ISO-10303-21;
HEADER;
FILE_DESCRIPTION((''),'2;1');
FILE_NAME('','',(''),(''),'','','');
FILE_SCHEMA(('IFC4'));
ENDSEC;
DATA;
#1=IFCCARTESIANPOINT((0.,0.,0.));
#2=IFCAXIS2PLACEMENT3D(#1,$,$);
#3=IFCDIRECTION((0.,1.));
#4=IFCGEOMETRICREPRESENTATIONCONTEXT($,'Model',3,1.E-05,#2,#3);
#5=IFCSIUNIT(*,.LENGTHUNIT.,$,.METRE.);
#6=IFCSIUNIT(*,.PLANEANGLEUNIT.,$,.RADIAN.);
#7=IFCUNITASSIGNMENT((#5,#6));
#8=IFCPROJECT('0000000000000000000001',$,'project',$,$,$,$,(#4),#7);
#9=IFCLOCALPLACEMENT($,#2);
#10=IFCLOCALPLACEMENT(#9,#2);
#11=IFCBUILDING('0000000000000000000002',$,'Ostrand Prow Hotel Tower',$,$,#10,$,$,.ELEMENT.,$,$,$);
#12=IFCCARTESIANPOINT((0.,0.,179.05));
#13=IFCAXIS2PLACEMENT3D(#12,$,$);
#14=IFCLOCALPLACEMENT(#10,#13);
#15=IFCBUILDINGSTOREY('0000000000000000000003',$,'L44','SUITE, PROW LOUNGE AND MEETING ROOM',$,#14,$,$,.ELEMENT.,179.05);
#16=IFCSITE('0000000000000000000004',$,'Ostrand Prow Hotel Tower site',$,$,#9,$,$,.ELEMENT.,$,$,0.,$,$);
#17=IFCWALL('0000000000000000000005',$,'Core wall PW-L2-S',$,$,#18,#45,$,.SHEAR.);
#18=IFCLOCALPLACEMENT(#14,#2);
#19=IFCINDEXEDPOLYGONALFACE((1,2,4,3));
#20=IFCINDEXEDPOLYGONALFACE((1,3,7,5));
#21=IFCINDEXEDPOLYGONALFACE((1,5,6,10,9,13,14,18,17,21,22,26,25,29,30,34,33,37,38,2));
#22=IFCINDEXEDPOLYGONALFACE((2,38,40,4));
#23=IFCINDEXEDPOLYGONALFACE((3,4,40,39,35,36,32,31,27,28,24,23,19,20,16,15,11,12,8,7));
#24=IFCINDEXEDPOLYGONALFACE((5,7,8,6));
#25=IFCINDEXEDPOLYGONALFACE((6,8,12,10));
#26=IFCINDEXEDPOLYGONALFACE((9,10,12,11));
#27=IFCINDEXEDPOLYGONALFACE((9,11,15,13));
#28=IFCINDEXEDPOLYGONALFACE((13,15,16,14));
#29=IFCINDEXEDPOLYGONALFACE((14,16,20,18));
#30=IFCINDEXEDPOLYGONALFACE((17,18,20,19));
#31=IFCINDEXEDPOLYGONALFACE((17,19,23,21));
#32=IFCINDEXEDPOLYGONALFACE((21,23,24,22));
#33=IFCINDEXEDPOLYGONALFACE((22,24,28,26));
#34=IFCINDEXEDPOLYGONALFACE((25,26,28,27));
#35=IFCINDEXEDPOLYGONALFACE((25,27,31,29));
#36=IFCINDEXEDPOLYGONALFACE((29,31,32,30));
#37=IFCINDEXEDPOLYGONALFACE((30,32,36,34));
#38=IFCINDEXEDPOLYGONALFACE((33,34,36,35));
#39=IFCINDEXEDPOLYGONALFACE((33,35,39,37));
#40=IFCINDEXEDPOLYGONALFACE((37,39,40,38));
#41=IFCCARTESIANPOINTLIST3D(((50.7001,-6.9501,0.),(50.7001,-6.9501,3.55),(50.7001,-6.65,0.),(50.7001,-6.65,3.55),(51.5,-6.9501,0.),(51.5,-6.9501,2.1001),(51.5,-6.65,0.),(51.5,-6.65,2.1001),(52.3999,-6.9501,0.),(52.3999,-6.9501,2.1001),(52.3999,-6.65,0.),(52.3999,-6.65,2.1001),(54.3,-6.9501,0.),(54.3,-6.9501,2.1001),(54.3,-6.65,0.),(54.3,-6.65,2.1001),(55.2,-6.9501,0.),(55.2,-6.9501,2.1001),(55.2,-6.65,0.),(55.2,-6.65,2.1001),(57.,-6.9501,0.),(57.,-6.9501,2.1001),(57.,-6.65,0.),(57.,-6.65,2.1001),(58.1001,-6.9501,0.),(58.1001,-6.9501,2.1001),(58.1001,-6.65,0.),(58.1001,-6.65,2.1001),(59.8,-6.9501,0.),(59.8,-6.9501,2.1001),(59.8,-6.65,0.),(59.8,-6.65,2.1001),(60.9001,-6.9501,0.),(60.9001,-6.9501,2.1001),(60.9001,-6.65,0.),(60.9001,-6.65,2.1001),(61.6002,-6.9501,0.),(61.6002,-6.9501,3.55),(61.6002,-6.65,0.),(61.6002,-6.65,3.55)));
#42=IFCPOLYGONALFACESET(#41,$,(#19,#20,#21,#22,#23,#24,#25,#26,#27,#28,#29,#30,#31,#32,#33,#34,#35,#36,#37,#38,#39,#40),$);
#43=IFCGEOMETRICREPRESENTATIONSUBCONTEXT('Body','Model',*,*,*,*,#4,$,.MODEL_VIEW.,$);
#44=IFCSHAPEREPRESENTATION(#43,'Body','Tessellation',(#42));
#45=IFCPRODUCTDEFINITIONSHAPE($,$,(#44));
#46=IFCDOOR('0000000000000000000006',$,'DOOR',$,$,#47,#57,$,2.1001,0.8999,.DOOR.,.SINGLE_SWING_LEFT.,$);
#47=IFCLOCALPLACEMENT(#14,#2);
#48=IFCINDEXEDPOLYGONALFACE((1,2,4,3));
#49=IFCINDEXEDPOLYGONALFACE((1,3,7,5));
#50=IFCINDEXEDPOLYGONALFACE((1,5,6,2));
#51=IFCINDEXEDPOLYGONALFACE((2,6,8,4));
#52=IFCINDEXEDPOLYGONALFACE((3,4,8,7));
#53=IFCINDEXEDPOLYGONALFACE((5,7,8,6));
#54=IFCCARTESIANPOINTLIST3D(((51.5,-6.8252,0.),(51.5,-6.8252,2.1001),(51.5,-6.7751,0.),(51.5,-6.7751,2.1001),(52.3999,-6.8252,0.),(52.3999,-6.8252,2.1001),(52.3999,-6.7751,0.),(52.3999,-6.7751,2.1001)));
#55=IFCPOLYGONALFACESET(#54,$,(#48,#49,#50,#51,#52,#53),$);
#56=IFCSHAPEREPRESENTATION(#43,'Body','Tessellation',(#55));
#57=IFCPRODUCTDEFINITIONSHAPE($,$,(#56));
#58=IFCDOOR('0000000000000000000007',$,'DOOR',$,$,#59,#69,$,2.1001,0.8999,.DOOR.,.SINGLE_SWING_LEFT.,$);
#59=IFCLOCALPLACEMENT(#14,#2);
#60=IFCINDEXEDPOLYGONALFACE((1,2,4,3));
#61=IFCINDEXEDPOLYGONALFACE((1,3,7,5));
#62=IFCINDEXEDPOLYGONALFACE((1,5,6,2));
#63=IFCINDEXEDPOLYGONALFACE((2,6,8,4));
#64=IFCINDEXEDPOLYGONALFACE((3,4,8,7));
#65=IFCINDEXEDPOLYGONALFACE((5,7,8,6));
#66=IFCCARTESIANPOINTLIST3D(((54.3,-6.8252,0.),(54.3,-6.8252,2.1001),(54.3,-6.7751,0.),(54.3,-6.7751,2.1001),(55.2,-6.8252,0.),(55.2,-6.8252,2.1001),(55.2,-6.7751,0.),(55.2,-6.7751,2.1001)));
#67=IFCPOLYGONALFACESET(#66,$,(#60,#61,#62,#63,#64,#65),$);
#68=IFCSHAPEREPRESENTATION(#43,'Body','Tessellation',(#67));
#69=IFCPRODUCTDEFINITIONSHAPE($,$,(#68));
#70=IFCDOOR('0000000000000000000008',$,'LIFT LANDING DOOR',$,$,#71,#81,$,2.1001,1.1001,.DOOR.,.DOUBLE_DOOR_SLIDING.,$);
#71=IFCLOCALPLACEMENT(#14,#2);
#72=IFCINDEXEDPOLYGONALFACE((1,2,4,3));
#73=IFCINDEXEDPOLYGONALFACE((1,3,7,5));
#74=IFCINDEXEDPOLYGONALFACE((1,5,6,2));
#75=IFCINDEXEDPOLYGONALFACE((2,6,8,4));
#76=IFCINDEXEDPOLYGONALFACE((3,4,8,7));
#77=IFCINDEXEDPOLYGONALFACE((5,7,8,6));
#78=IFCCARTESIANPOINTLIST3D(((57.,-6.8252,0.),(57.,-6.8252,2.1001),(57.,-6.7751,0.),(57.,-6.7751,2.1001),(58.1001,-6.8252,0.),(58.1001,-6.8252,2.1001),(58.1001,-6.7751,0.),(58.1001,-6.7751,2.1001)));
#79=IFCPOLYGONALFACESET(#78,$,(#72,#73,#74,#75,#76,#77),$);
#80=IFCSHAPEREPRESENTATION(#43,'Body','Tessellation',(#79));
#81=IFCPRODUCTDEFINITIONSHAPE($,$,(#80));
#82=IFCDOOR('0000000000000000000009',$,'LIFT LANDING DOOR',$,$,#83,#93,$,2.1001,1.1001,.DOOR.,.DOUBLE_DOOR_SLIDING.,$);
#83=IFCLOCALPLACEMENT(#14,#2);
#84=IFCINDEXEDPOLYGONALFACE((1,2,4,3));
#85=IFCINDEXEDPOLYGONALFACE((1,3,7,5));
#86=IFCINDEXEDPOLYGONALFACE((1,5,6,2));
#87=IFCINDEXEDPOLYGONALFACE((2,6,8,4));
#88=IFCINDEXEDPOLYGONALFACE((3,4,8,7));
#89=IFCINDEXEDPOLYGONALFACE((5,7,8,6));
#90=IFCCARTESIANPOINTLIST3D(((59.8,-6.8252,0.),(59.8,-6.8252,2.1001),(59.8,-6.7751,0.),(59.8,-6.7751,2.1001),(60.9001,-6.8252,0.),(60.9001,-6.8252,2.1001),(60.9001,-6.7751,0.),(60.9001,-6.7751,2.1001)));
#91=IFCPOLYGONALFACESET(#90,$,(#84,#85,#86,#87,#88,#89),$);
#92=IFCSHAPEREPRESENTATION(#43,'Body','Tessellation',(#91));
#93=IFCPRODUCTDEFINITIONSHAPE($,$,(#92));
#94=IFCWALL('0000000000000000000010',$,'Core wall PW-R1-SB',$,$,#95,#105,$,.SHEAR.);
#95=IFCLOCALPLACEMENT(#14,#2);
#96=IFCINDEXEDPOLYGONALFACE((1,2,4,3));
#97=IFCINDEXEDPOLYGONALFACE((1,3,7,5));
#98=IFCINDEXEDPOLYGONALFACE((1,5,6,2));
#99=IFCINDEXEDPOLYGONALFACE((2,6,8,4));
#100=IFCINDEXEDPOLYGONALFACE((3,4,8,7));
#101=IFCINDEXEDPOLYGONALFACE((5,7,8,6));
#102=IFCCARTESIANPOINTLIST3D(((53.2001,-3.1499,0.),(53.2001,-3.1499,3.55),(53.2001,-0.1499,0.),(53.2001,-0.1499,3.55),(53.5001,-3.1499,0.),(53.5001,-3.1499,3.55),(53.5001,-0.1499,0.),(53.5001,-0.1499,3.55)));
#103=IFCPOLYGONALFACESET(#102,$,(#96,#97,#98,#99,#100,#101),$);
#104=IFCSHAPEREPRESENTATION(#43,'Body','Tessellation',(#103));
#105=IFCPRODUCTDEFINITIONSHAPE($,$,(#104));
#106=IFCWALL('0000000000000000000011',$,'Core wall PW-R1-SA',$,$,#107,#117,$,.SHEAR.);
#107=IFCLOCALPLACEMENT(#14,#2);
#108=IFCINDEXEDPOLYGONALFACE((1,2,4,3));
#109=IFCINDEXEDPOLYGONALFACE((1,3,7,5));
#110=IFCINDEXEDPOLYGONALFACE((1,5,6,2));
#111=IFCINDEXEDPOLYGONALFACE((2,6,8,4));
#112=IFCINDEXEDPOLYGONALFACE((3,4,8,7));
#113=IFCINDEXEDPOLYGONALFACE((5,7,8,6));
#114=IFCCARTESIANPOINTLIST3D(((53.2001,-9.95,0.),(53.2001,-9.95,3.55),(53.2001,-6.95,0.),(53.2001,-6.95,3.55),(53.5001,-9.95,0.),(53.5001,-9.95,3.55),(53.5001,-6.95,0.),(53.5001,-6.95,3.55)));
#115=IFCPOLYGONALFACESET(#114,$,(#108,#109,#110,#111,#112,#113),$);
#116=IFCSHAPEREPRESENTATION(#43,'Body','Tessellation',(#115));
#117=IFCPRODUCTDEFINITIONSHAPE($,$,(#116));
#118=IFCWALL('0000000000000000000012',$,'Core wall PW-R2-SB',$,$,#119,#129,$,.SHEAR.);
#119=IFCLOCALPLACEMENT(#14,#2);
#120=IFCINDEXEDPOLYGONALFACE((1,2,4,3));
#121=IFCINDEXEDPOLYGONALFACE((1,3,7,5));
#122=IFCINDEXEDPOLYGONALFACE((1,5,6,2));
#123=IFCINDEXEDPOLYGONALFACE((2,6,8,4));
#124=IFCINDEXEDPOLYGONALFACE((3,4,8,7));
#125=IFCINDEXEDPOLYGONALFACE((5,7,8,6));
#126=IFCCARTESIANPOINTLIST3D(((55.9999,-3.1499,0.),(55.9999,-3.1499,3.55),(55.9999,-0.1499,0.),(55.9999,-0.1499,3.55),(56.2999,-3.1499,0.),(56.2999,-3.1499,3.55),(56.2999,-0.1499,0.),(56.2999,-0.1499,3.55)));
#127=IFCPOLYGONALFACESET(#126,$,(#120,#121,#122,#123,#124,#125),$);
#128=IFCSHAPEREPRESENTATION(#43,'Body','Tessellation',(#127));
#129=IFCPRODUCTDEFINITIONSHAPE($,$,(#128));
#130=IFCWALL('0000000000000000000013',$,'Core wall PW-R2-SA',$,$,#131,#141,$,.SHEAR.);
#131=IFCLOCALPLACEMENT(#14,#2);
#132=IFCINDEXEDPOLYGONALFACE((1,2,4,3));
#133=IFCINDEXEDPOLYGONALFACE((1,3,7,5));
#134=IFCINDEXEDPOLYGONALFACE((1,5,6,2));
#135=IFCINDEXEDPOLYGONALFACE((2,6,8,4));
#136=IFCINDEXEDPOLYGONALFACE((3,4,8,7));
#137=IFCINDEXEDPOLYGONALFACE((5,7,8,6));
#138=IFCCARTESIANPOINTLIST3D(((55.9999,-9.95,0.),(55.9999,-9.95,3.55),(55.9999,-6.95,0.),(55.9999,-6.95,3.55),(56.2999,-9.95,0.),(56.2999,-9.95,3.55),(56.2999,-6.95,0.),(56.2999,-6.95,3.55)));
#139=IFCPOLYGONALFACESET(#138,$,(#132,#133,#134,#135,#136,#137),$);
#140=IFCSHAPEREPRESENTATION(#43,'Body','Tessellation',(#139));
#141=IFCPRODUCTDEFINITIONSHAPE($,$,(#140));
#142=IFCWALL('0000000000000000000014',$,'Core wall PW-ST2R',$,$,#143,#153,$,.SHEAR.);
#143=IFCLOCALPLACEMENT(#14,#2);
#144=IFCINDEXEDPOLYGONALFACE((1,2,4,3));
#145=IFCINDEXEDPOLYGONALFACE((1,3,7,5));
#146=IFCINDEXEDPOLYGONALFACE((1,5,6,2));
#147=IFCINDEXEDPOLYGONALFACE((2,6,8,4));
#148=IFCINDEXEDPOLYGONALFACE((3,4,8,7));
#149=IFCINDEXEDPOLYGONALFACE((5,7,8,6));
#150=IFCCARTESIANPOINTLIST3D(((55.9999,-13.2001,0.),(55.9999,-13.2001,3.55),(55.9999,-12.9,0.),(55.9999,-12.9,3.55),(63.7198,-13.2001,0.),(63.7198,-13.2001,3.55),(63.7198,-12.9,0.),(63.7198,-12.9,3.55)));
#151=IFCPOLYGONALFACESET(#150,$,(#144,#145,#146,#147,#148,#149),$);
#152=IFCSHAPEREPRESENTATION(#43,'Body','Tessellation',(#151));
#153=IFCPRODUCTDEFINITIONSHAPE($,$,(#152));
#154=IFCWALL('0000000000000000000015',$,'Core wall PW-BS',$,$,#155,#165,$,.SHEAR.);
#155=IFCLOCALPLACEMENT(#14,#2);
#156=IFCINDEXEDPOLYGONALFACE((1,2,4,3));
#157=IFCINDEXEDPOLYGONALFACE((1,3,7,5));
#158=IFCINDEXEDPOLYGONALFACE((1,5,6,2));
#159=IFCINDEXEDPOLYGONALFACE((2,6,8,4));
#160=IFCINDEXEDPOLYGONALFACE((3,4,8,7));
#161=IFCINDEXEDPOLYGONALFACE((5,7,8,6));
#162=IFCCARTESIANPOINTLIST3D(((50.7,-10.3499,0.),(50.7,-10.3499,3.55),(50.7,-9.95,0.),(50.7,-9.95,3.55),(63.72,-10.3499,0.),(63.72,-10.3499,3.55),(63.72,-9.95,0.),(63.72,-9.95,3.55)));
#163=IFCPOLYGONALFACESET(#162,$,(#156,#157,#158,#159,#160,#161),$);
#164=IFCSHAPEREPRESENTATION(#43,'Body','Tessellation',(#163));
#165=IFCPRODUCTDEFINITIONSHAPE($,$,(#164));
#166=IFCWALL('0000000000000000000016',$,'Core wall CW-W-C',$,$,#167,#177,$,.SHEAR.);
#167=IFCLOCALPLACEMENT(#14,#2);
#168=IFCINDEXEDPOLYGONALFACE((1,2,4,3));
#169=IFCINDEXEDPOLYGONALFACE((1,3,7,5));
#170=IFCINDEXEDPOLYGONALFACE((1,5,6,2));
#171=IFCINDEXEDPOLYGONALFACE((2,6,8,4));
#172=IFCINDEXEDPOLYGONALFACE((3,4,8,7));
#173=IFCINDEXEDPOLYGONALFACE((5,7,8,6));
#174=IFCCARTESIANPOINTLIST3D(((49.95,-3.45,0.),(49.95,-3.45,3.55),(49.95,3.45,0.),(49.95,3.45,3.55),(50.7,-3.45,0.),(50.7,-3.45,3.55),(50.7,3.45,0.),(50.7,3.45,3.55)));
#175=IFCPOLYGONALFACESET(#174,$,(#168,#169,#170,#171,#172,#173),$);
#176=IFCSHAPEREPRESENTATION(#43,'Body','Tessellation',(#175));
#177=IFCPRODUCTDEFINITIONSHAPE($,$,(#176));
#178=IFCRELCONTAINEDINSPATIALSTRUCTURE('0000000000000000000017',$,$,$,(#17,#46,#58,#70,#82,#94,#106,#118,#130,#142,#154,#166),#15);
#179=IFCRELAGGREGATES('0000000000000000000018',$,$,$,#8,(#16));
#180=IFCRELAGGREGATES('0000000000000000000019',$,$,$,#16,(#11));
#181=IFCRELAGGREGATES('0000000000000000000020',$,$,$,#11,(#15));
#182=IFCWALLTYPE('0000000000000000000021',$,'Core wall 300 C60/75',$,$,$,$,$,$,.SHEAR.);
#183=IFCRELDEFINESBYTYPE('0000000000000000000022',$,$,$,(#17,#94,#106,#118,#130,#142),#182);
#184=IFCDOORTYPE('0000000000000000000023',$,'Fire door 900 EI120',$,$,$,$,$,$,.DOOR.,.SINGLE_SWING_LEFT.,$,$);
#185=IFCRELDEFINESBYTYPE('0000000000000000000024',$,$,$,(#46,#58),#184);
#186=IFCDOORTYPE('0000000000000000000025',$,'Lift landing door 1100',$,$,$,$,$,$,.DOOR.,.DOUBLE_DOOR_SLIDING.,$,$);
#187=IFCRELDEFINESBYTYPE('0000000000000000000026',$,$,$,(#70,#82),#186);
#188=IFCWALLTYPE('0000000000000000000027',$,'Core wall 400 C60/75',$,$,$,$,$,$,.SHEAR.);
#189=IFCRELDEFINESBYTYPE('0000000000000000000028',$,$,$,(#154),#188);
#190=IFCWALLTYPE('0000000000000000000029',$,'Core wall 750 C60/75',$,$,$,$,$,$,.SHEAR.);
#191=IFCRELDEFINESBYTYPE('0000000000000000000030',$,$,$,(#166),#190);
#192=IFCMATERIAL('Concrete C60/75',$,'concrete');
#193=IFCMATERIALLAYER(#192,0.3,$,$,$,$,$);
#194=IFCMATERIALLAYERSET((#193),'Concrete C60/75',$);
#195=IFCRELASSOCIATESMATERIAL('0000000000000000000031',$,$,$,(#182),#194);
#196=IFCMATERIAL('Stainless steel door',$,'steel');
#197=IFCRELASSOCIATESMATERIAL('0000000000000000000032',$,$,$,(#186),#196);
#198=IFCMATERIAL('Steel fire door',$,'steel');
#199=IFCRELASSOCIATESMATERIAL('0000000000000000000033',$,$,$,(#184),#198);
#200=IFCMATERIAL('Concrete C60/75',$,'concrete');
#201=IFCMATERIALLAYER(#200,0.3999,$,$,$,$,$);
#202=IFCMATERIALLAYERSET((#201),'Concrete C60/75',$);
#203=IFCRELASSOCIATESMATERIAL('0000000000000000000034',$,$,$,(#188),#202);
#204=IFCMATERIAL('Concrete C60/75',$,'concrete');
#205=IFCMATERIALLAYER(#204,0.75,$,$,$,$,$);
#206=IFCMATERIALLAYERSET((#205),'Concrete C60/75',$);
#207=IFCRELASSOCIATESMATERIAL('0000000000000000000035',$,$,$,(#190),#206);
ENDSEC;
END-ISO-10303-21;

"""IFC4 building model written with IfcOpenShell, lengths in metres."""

from ifc_helpers import new_model, si_unit, direction, frame, frame_2d, origin, place, context, subcontext, project, spatial, rectangle, extrude, material, layer, layer_set, type_object, element, fill, save


model = new_model("IFC4")

# Units and contexts
model_context = context("Model", 3, precision=1e-05, world=origin(), true_north=direction((0.0, 1.0)))
body_context = subcontext(model_context, "Body", "Model", "MODEL_VIEW")
ifc_project = project(units=[si_unit("LENGTHUNIT", "METRE"), si_unit("PLANEANGLEUNIT", "RADIAN")], contexts=[model_context])

# Site, building, storey
site_placement = place(None, origin())
site = spatial("IfcSite", under=ifc_project, at=site_placement, Name="Ostrand Prow Hotel Tower site", CompositionType="ELEMENT", RefElevation=0.0)
building_placement = place(site_placement, origin())
building = spatial("IfcBuilding", under=site, at=building_placement, Name="Ostrand Prow Hotel Tower", CompositionType="ELEMENT")
storey_placement = place(building_placement, frame((0.0, 0.0, 179.05)))
storey = spatial("IfcBuildingStorey", under=building, at=storey_placement, Name="L44", Description="SUITE, PROW LOUNGE AND MEETING ROOM", CompositionType="ELEMENT", Elevation=179.05)

# Shared definitions
ifc_material_1 = material(Name="Concrete C60/75", Category="concrete")
ifc_layer_1 = layer(ifc_material_1, 0.3)
ifc_layer_set_1 = layer_set([ifc_layer_1], Name="Concrete C60/75")
wall_type_1 = type_object("IfcWallType", Name="Core wall 300 C60/75", PredefinedType="SHEAR", material=ifc_layer_set_1)

# Shared definitions
ifc_material_2 = material(Name="Stainless steel door", Category="steel")
door_type_1 = type_object("IfcDoorType", Name="Lift landing door 1100", OperationType="DOUBLE_DOOR_SLIDING", PredefinedType="DOOR", material=ifc_material_2)

# Wall, openings, doors
wall_1_placement = place(storey_placement, frame((50.7, -6.8, 0.0), z_axis=(0.0, 0.0, 1.0), x_axis=(1.0, 0.0, 0.0)))
wall_1 = element("IfcWall", 1, at=wall_1_placement, inside=storey, type_object=wall_type_1, Name="Core wall PW-L2-S", PredefinedType="SHEAR", context=body_context, shape_type="SweptSolid", body=[
    extrude(rectangle(XDim=10.9001, YDim=0.3, at=frame_2d((5.4502, 0.0))), origin(), (0.0, 0.0, 1.0), 3.55),
])
opening_1_placement = place(wall_1_placement, frame((6.3, 0.0, 0.0)))
opening_1 = element("IfcOpeningElement", 2, at=opening_1_placement, cuts=wall_1, PredefinedType="OPENING", context=body_context, shape_type="SweptSolid", body=[
    extrude(rectangle(XDim=1.1001, YDim=2.1001, at=frame_2d((0.55, 1.05))), frame((0.0, 0.1599, 0.0), z_axis=(0.0, -1.0, 0.0), x_axis=(1.0, 0.0, 0.0)), (0.0, 0.0, 1.0), 0.3201),
])
opening_2_placement = place(wall_1_placement, frame((9.1001, 0.0, 0.0)))
opening_2 = element("IfcOpeningElement", 3, at=opening_2_placement, cuts=wall_1, PredefinedType="OPENING", context=body_context, shape_type="SweptSolid", body=[
    extrude(rectangle(XDim=1.1001, YDim=2.1001, at=frame_2d((0.55, 1.05))), frame((0.0, 0.1599, 0.0), z_axis=(0.0, -1.0, 0.0), x_axis=(1.0, 0.0, 0.0)), (0.0, 0.0, 1.0), 0.3201),
])
opening_3_placement = place(wall_1_placement, frame((0.8, 0.0, 0.0)))
opening_3 = element("IfcOpeningElement", 4, at=opening_3_placement, cuts=wall_1, PredefinedType="OPENING", context=body_context, shape_type="SweptSolid", body=[
    extrude(rectangle(XDim=0.8999, YDim=2.1001, at=frame_2d((0.45, 1.05))), frame((0.0, 0.1599, 0.0), z_axis=(0.0, -1.0, 0.0), x_axis=(1.0, 0.0, 0.0)), (0.0, 0.0, 1.0), 0.3201),
])
opening_4_placement = place(wall_1_placement, frame((3.6001, 0.0, 0.0)))
opening_4 = element("IfcOpeningElement", 5, at=opening_4_placement, cuts=wall_1, PredefinedType="OPENING", context=body_context, shape_type="SweptSolid", body=[
    extrude(rectangle(XDim=0.8999, YDim=2.1001, at=frame_2d((0.45, 1.05))), frame((0.0, 0.1599, 0.0), z_axis=(0.0, -1.0, 0.0), x_axis=(1.0, 0.0, 0.0)), (0.0, 0.0, 1.0), 0.3201),
])
ifc_material_3 = material(Name="Steel fire door", Category="steel")
door_type_2 = type_object("IfcDoorType", Name="Fire door 900 EI120", OperationType="SINGLE_SWING_LEFT", PredefinedType="DOOR", material=ifc_material_3)
door_1_placement = place(opening_3_placement, origin())
door_1 = element("IfcDoor", 6, at=door_1_placement, inside=storey, type_object=door_type_2, Name="DOOR", OperationType="SINGLE_SWING_LEFT", OverallHeight=2.1001, OverallWidth=0.8999, PredefinedType="DOOR", context=body_context, shape_type="SweptSolid", body=[
    extrude(rectangle(XDim=0.8999, YDim=2.1001, at=frame_2d((0.45, 1.05))), frame((0.0, 0.0249, 0.0), z_axis=(0.0, -1.0, 0.0), x_axis=(1.0, 0.0, 0.0)), (0.0, 0.0, 1.0), 0.05),
])
fill(opening_3, door_1)
door_2_placement = place(opening_4_placement, origin())
door_2 = element("IfcDoor", 7, at=door_2_placement, inside=storey, type_object=door_type_2, Name="DOOR", OperationType="SINGLE_SWING_LEFT", OverallHeight=2.1001, OverallWidth=0.8999, PredefinedType="DOOR", context=body_context, shape_type="SweptSolid", body=[
    extrude(rectangle(XDim=0.8999, YDim=2.1001, at=frame_2d((0.45, 1.05))), frame((0.0, 0.0249, 0.0), z_axis=(0.0, -1.0, 0.0), x_axis=(1.0, 0.0, 0.0)), (0.0, 0.0, 1.0), 0.05),
])
fill(opening_4, door_2)
door_3_placement = place(opening_1_placement, origin())
door_3 = element("IfcDoor", 8, at=door_3_placement, inside=storey, type_object=door_type_1, Name="LIFT LANDING DOOR", OperationType="DOUBLE_DOOR_SLIDING", OverallHeight=2.1001, OverallWidth=1.1001, PredefinedType="DOOR", context=body_context, shape_type="SweptSolid", body=[
    extrude(rectangle(XDim=1.1001, YDim=2.1001, at=frame_2d((0.55, 1.05))), frame((0.0, 0.0249, 0.0), z_axis=(0.0, -1.0, 0.0), x_axis=(1.0, 0.0, 0.0)), (0.0, 0.0, 1.0), 0.05),
])
fill(opening_1, door_3)
door_4_placement = place(opening_2_placement, origin())
door_4 = element("IfcDoor", 9, at=door_4_placement, inside=storey, type_object=door_type_1, Name="LIFT LANDING DOOR", OperationType="DOUBLE_DOOR_SLIDING", OverallHeight=2.1001, OverallWidth=1.1001, PredefinedType="DOOR", context=body_context, shape_type="SweptSolid", body=[
    extrude(rectangle(XDim=1.1001, YDim=2.1001, at=frame_2d((0.55, 1.05))), frame((0.0, 0.0249, 0.0), z_axis=(0.0, -1.0, 0.0), x_axis=(1.0, 0.0, 0.0)), (0.0, 0.0, 1.0), 0.05),
])
fill(opening_2, door_4)

# Walls
for number, where, z_axis, x_axis, name in (
    (10, (53.3501, -3.1499, 0.0), (0.0, 0.0, 1.0), (0.0, 1.0, 0.0), "Core wall PW-R1-SB"),
    (11, (53.3501, -9.95, 0.0), (0.0, 0.0, 1.0), (0.0, 1.0, 0.0), "Core wall PW-R1-SA"),
    (12, (56.1499, -3.1499, 0.0), (0.0, 0.0, 1.0), (0.0, 1.0, 0.0), "Core wall PW-R2-SB"),
    (13, (56.1499, -9.95, 0.0), (0.0, 0.0, 1.0), (0.0, 1.0, 0.0), "Core wall PW-R2-SA"),
):
    element("IfcWall", number, at=place(storey_placement, frame(where, z_axis=z_axis, x_axis=x_axis)), inside=storey, type_object=wall_type_1, Name=name, PredefinedType="SHEAR", context=body_context, shape_type="SweptSolid", body=[
        extrude(rectangle(XDim=3.0, YDim=0.3, at=frame_2d((1.5, 0.0))), origin(), (0.0, 0.0, 1.0), 3.55),
    ])
wall_2_placement = place(storey_placement, frame((56.0, -13.05, 0.0), z_axis=(0.0, 0.0, 1.0), x_axis=(1.0, 0.0, 0.0)))
element("IfcWall", 14, at=wall_2_placement, inside=storey, type_object=wall_type_1, Name="Core wall PW-ST2R", PredefinedType="SHEAR", context=body_context, shape_type="SweptSolid", body=[
    extrude(rectangle(XDim=7.72, YDim=0.3, at=frame_2d((3.8599, 0.0))), origin(), (0.0, 0.0, 1.0), 3.55),
])
ifc_material_4 = material(Name="Concrete C60/75", Category="concrete")
ifc_layer_2 = layer(ifc_material_4, 0.3999)
ifc_layer_set_2 = layer_set([ifc_layer_2], Name="Concrete C60/75")
wall_type_2 = type_object("IfcWallType", Name="Core wall 400 C60/75", PredefinedType="SHEAR", material=ifc_layer_set_2)
wall_3_placement = place(storey_placement, frame((50.7, -10.1499, 0.0), z_axis=(0.0, 0.0, 1.0), x_axis=(1.0, 0.0, 0.0)))
element("IfcWall", 15, at=wall_3_placement, inside=storey, type_object=wall_type_2, Name="Core wall PW-BS", PredefinedType="SHEAR", context=body_context, shape_type="SweptSolid", body=[
    extrude(rectangle(XDim=13.02, YDim=0.3999, at=frame_2d((6.51, 0.0))), origin(), (0.0, 0.0, 1.0), 3.55),
])
ifc_material_5 = material(Name="Concrete C60/75", Category="concrete")
ifc_layer_3 = layer(ifc_material_5, 0.75)
ifc_layer_set_3 = layer_set([ifc_layer_3], Name="Concrete C60/75")
wall_type_3 = type_object("IfcWallType", Name="Core wall 750 C60/75", PredefinedType="SHEAR", material=ifc_layer_set_3)
wall_4_placement = place(storey_placement, frame((50.325, -3.45, 0.0), z_axis=(0.0, 0.0, 1.0), x_axis=(0.0, 1.0, 0.0)))
element("IfcWall", 16, at=wall_4_placement, inside=storey, type_object=wall_type_3, Name="Core wall CW-W-C", PredefinedType="SHEAR", context=body_context, shape_type="SweptSolid", body=[
    extrude(rectangle(XDim=6.8999, YDim=0.75, at=frame_2d((3.45, 0.0))), origin(), (0.0, 0.0, 1.0), 3.55),
])

save(model, "model.ifc")
